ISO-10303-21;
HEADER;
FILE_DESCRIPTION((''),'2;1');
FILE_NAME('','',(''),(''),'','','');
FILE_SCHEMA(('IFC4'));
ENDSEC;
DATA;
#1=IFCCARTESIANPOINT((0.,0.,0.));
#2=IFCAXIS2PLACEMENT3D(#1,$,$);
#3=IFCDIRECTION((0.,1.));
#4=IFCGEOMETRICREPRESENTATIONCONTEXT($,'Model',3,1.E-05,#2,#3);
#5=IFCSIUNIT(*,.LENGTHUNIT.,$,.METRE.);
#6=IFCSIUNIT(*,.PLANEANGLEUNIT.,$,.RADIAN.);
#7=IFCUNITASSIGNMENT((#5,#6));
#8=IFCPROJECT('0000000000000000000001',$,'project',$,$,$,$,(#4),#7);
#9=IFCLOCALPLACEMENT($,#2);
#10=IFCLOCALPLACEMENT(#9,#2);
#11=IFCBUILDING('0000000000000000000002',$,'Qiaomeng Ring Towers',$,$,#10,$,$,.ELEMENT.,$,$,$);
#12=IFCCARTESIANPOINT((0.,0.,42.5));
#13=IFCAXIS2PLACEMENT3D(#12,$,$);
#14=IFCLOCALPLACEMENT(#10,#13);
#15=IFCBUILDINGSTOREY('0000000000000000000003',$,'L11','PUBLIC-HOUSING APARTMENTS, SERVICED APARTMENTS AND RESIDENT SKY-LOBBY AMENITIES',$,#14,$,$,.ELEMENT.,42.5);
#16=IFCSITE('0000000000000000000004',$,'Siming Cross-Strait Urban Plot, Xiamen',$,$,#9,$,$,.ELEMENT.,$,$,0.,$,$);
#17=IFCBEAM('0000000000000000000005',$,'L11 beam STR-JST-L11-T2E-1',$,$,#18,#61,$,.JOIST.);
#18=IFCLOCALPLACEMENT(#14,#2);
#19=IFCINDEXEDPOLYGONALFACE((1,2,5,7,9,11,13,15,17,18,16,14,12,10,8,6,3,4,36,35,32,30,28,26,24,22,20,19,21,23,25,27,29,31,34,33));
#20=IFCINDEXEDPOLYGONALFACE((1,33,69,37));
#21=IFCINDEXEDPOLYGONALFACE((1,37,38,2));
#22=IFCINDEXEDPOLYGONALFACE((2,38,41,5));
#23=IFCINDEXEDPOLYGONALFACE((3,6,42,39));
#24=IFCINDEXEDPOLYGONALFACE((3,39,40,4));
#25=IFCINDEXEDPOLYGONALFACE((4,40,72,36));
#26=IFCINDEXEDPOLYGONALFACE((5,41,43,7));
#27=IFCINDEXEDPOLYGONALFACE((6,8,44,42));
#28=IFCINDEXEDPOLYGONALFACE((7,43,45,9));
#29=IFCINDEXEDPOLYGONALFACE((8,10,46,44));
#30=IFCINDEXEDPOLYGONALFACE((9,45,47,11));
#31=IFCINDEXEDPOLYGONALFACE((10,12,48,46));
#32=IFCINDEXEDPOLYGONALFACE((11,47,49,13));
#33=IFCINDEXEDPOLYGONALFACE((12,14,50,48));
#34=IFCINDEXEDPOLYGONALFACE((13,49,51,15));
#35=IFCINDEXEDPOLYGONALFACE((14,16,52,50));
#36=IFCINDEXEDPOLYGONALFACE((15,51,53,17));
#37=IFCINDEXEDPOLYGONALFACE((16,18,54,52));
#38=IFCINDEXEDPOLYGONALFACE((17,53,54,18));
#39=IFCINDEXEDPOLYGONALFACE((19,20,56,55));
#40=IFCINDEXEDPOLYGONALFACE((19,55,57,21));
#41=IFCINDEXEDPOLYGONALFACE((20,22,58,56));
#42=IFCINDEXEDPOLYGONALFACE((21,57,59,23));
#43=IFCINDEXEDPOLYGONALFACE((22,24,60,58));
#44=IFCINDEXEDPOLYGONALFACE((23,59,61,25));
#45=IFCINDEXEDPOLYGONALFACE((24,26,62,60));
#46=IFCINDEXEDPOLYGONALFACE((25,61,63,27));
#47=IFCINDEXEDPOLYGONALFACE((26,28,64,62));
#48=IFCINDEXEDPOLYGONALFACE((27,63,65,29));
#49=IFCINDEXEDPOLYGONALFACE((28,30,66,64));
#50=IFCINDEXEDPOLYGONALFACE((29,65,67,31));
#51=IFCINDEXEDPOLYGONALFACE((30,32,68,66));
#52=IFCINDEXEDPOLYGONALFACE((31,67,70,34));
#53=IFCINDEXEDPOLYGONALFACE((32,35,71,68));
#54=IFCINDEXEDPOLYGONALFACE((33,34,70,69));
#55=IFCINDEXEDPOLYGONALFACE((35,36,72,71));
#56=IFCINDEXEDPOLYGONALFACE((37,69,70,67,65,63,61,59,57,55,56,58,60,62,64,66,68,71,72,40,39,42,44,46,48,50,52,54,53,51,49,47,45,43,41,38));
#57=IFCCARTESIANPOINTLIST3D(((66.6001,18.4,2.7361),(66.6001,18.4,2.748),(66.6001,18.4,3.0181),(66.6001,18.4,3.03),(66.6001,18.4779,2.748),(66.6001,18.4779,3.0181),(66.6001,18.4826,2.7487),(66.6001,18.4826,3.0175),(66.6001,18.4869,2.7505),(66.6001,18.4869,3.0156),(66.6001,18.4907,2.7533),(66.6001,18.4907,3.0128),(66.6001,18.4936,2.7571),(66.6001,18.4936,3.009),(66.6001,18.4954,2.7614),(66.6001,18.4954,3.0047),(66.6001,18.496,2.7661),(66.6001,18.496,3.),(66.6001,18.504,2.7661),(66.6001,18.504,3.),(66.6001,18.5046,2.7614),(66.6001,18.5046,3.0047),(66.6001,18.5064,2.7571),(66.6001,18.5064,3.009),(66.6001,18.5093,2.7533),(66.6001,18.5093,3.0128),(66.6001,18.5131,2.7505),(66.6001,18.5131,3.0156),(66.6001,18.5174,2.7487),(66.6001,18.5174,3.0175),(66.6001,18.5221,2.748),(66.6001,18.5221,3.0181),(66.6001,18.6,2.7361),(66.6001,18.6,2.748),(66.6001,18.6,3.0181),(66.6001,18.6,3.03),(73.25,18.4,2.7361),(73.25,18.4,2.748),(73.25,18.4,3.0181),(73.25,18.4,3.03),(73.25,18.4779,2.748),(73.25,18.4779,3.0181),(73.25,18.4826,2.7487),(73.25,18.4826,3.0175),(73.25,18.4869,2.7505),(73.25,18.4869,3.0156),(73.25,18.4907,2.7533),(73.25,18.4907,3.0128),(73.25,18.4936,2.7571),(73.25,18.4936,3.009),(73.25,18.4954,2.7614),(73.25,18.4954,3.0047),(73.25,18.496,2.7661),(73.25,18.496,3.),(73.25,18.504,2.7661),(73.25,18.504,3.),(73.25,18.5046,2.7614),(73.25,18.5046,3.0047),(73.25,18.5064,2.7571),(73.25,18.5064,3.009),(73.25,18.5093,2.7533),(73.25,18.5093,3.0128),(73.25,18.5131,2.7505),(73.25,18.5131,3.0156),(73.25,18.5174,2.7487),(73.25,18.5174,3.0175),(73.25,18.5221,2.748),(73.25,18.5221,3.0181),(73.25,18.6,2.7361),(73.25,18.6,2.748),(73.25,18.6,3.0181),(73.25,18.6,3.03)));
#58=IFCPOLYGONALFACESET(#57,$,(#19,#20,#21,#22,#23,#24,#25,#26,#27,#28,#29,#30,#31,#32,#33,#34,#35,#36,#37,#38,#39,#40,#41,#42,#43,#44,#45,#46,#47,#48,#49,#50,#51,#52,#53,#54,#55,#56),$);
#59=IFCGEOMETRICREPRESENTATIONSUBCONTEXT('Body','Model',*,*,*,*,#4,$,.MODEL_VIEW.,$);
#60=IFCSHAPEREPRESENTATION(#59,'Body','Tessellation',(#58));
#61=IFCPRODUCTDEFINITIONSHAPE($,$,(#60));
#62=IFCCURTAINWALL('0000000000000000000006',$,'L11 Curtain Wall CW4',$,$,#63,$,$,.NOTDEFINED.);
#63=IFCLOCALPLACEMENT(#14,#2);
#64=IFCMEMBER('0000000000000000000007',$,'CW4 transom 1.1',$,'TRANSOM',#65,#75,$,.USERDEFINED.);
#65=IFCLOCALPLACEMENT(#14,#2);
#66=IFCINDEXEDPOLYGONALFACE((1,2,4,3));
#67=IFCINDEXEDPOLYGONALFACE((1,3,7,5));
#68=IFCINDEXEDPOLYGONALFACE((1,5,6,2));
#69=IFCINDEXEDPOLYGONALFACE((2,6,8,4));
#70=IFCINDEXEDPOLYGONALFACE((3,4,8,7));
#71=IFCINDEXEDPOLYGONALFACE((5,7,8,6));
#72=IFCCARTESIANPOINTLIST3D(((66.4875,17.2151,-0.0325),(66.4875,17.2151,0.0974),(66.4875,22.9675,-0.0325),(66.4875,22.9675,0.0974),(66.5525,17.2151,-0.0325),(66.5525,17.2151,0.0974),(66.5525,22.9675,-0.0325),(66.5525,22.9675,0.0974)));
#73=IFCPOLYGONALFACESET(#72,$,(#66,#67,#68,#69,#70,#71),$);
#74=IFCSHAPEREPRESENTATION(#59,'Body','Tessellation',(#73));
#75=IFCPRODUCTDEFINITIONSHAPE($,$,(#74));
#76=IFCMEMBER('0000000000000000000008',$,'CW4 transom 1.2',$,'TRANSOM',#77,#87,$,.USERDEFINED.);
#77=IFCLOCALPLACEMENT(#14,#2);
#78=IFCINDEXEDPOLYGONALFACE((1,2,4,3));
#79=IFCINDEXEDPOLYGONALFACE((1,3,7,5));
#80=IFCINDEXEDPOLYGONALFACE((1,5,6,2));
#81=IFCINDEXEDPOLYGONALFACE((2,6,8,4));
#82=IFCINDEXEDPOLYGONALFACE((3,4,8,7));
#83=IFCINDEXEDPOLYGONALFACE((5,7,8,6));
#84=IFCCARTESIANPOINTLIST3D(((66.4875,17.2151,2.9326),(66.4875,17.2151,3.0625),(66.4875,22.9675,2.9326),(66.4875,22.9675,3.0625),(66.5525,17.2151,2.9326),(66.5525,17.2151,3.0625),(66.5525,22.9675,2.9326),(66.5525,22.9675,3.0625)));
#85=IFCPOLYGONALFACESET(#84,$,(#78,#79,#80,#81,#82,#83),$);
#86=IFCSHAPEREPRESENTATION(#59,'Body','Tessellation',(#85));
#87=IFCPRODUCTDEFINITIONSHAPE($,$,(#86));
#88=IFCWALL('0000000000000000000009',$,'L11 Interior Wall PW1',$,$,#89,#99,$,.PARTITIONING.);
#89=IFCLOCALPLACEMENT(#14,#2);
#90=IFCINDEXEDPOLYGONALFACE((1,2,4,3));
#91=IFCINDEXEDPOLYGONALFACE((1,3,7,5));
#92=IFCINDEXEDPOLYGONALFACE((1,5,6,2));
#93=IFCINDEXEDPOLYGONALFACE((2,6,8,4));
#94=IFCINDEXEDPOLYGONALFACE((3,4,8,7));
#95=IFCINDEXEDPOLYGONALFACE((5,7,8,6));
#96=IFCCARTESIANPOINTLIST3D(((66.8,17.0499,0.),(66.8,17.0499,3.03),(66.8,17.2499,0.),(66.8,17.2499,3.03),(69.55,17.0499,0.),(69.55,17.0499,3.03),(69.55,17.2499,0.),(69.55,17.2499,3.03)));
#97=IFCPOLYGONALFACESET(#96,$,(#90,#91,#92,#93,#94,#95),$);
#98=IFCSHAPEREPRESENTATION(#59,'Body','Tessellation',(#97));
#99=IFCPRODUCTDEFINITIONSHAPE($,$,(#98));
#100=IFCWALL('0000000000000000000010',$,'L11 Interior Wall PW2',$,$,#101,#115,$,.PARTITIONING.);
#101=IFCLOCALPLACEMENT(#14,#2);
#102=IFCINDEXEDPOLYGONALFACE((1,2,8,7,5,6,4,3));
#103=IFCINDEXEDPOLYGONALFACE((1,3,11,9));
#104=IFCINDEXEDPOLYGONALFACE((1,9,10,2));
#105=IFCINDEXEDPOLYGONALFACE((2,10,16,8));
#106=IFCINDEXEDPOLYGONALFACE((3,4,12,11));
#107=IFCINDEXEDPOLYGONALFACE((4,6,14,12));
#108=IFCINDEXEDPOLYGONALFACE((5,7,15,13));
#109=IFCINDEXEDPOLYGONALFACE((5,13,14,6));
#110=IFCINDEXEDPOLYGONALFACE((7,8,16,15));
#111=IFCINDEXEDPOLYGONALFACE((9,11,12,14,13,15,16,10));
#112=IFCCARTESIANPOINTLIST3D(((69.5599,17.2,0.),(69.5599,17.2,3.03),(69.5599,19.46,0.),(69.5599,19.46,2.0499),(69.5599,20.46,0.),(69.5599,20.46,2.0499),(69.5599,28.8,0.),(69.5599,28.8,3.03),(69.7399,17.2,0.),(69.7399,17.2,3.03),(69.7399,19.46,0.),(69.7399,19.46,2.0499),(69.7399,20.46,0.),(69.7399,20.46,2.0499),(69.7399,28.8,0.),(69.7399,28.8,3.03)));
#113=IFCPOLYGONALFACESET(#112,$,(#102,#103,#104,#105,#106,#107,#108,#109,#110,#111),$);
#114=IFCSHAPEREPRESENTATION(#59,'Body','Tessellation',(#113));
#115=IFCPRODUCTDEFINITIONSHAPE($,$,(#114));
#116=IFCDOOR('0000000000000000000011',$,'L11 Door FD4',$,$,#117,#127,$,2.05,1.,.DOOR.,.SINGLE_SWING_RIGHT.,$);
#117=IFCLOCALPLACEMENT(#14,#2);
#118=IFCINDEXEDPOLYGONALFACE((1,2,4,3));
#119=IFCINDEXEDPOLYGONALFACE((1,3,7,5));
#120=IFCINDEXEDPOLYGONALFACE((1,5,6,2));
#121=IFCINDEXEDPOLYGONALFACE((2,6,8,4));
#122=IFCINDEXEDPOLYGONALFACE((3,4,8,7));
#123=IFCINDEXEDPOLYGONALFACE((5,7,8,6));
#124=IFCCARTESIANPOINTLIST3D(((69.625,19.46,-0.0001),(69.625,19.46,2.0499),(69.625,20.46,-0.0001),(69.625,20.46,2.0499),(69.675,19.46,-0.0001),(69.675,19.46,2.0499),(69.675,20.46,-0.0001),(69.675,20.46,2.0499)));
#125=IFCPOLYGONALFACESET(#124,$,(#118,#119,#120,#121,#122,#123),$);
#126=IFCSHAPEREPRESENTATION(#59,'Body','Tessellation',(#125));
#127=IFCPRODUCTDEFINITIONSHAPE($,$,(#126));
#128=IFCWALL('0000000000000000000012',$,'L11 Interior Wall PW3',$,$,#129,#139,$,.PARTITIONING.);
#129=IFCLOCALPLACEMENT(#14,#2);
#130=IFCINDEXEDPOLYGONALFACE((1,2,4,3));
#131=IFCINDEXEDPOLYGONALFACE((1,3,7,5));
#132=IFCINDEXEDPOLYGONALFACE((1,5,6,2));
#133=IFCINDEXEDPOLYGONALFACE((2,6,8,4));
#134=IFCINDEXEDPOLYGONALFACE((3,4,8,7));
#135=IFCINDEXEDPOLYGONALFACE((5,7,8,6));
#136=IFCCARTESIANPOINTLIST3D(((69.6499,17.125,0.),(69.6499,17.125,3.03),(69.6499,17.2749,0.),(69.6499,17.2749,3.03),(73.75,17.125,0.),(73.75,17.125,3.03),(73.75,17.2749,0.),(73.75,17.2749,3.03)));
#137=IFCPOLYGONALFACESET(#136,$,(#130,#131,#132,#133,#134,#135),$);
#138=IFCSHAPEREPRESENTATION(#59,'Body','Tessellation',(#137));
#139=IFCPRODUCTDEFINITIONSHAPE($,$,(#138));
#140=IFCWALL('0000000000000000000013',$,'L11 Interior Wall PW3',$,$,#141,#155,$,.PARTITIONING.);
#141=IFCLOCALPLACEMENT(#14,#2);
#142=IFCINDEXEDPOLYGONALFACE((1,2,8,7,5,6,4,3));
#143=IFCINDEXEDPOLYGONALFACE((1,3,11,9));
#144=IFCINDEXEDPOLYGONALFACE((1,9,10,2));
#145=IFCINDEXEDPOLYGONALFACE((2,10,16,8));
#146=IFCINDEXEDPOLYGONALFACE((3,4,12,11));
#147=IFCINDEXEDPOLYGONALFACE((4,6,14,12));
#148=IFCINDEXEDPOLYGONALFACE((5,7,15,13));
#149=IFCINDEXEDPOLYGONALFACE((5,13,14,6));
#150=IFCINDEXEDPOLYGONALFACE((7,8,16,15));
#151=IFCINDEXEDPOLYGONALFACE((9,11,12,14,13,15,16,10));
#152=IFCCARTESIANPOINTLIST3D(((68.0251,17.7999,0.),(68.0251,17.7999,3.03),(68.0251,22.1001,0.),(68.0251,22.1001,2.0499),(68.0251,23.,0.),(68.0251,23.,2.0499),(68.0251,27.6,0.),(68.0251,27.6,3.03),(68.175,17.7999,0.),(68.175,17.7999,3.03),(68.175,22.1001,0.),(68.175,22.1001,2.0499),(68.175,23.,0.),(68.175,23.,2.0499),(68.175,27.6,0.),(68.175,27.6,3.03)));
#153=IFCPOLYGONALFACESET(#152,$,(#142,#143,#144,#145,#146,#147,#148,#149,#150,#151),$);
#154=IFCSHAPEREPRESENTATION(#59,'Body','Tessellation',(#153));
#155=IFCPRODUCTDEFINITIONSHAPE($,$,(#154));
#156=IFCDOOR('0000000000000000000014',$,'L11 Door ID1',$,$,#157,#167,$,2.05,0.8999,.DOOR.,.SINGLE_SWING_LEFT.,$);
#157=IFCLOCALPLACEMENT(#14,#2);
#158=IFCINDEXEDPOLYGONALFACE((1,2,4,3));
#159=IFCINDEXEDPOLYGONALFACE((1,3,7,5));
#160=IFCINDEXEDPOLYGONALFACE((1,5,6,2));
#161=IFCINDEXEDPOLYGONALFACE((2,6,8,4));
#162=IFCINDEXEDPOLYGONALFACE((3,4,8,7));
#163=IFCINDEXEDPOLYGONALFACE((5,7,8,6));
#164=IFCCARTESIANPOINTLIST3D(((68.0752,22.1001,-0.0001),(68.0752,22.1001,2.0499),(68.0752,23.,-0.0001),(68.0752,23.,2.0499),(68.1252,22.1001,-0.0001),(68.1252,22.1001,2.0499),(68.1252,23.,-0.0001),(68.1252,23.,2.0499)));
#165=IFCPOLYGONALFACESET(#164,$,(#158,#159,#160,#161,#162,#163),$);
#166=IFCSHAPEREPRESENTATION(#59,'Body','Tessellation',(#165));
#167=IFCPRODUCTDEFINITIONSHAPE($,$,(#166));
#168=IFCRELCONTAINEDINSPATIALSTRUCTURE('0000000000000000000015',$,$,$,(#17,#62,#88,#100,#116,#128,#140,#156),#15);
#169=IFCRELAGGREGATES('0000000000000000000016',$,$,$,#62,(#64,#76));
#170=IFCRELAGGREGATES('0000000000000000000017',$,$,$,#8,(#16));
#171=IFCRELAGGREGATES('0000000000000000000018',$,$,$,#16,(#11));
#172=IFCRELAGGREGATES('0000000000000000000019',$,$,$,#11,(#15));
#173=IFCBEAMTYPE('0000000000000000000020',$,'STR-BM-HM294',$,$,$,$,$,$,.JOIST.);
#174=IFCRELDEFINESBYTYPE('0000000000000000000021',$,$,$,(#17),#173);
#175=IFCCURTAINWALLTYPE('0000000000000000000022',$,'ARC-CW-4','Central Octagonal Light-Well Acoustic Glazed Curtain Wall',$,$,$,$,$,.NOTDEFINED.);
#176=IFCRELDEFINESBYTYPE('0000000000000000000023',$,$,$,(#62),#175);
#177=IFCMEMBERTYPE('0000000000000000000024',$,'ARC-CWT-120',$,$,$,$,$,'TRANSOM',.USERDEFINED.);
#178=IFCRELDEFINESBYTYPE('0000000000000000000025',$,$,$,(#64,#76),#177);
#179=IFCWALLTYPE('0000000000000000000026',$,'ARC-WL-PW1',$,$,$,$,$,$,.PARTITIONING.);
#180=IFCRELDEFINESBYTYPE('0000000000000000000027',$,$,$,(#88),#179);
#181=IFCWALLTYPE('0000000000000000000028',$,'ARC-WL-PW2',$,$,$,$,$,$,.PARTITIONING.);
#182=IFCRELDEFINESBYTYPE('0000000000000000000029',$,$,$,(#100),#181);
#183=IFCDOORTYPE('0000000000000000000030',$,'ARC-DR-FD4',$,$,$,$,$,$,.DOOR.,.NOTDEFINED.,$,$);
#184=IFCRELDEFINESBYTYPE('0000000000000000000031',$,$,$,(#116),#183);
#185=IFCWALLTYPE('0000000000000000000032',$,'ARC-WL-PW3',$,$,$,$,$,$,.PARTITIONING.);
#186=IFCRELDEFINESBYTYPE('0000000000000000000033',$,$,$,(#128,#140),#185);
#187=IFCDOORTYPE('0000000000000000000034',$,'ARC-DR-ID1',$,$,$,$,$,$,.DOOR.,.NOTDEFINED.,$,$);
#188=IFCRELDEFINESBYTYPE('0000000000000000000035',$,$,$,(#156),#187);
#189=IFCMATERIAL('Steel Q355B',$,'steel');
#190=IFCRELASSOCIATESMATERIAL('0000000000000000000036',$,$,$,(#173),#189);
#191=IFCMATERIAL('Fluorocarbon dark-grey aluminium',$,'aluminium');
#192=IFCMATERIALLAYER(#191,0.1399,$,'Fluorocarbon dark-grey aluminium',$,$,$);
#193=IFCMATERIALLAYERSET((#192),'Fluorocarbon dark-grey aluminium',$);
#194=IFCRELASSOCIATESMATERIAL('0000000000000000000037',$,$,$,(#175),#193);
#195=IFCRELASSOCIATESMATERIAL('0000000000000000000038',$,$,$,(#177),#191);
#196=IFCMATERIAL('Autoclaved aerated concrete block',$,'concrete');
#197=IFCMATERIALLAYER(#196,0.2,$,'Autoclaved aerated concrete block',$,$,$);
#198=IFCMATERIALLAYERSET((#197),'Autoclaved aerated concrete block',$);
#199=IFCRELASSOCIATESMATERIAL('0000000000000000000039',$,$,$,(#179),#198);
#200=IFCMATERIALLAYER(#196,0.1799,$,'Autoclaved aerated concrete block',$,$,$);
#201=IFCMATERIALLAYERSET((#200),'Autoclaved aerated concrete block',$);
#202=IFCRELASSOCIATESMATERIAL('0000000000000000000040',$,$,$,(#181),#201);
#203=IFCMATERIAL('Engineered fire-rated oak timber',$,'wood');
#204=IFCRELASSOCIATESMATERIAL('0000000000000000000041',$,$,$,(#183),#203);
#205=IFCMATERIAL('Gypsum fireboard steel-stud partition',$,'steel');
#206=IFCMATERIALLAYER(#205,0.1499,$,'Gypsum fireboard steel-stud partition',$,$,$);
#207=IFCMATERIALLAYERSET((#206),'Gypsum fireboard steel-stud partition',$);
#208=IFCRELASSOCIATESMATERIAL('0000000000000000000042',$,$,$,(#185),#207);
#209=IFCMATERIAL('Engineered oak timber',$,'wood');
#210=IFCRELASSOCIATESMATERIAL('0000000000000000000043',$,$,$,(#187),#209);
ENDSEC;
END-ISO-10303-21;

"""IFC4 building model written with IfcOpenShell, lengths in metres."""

from ifc_helpers import new_model, si_unit, direction, frame, frame_2d, origin, origin_2d, place, context, subcontext, project, spatial, rectangle, i_section, extrude, source, transform, mapped, material, layer, layer_set, material_profile, profile_set, type_object, element, fill, aggregate, save


model = new_model("IFC4")

# Units and contexts
model_context = context("Model", 3, precision=1e-05, world=origin(), true_north=direction((0.0, 1.0)))
body_context = subcontext(model_context, "Body", "Model", "MODEL_VIEW")
ifc_project = project(units=[si_unit("LENGTHUNIT", "METRE"), si_unit("PLANEANGLEUNIT", "RADIAN")], contexts=[model_context])

# Site, building, storey
site_placement = place(None, origin())
site = spatial("IfcSite", under=ifc_project, at=site_placement, Name="Siming Cross-Strait Urban Plot, Xiamen", CompositionType="ELEMENT", RefElevation=0.0)
building_placement = place(site_placement, origin())
building = spatial("IfcBuilding", under=site, at=building_placement, Name="Qiaomeng Ring Towers", CompositionType="ELEMENT")
storey_placement = place(building_placement, frame((0.0, 0.0, 42.5)))
storey = spatial("IfcBuildingStorey", under=building, at=storey_placement, Name="L11", Description="PUBLIC-HOUSING APARTMENTS, SERVICED APARTMENTS AND RESIDENT SKY-LOBBY AMENITIES", CompositionType="ELEMENT", Elevation=42.5)

# Beam
ifc_material_1 = material(Name="Steel Q355B", Category="steel")
ifc_material_profile_1 = material_profile(ifc_material_1, i_section(OverallWidth=0.2, OverallDepth=0.2939, WebThickness=0.0081, FlangeThickness=0.012, FilletRadius=0.0181, at=origin_2d()), Name="HM 294x200x8x12")
ifc_profile_set_1 = profile_set([ifc_material_profile_1], Name="Steel Q355B")
beam_type_1 = type_object("IfcBeamType", Name="STR-BM-HM294", PredefinedType="JOIST", material=ifc_profile_set_1)
shared_shape_1 = source(origin(), body_context, "Body", "SweptSolid", [
    extrude(i_section(OverallWidth=0.2, OverallDepth=0.2939, WebThickness=0.0081, FlangeThickness=0.012, FilletRadius=0.0181, at=origin_2d()), origin(), (0.0, 0.0, 1.0), 6.6499),
])
beam_1_placement = place(storey_placement, frame((66.6001, 18.5, 2.8831), z_axis=(1.0, 0.0, 0.0), x_axis=(0.0, 1.0, 0.0)))
element("IfcBeam", 1, at=beam_1_placement, inside=storey, type_object=beam_type_1, Name="L11 beam STR-JST-L11-T2E-1", PredefinedType="JOIST", context=body_context, shape_type="MappedRepresentation", body=[
    mapped(shared_shape_1, transform((0.0, 0.0, 0.0), x_axis=(1.0, 0.0, 0.0), y_axis=(0.0, 1.0, 0.0), z_axis=(0.0, 0.0, 1.0), scale=1.0)),
])

# Curtain wall, members
ifc_material_2 = material(Name="Fluorocarbon dark-grey aluminium", Category="aluminium")
ifc_layer_1 = layer(ifc_material_2, 0.1399, Name="Fluorocarbon dark-grey aluminium")
ifc_layer_set_1 = layer_set([ifc_layer_1], Name="Fluorocarbon dark-grey aluminium")
curtain_wall_type = type_object("IfcCurtainWallType", Name="ARC-CW-4", Description="Central Octagonal Light-Well Acoustic Glazed Curtain Wall", PredefinedType="NOTDEFINED", material=ifc_layer_set_1)
curtain_wall_placement = place(storey_placement, origin())
curtain_wall = element("IfcCurtainWall", 2, at=curtain_wall_placement, inside=storey, type_object=curtain_wall_type, Name="L11 Curtain Wall CW4", PredefinedType="NOTDEFINED")
ifc_material_profile_2 = material_profile(ifc_material_2, rectangle(XDim=0.0649, YDim=0.1299, at=origin_2d()), Name="ALU TRAN 65x130")
ifc_profile_set_2 = profile_set([ifc_material_profile_2], Name="Fluorocarbon dark-grey aluminium")
member_type = type_object("IfcMemberType", Name="ARC-CWT-120", ElementType="TRANSOM", PredefinedType="USERDEFINED", material=ifc_profile_set_2)
shared_shape_2 = source(origin(), body_context, "Body", "SweptSolid", [
    extrude(rectangle(XDim=0.0649, YDim=0.1299, at=origin_2d()), origin(), (0.0, 0.0, 1.0), 5.7524),
])
member_1_placement = place(storey_placement, frame((66.52, 17.2151, 0.0325), z_axis=(0.0, 1.0, 0.0), x_axis=(-1.0, 0.0, 0.0)))
member_1 = element("IfcMember", 3, at=member_1_placement, type_object=member_type, Name="CW4 transom 1.1", ObjectType="TRANSOM", PredefinedType="USERDEFINED", context=body_context, shape_type="MappedRepresentation", body=[
    mapped(shared_shape_2, transform((0.0, 0.0, 0.0), x_axis=(1.0, 0.0, 0.0), y_axis=(0.0, 1.0, 0.0), z_axis=(0.0, 0.0, 1.0), scale=1.0)),
])
member_2_placement = place(storey_placement, frame((66.52, 17.2151, 2.9976), z_axis=(0.0, 1.0, 0.0), x_axis=(-1.0, 0.0, 0.0)))
member_2 = element("IfcMember", 4, at=member_2_placement, type_object=member_type, Name="CW4 transom 1.2", ObjectType="TRANSOM", PredefinedType="USERDEFINED", context=body_context, shape_type="MappedRepresentation", body=[
    mapped(shared_shape_2, transform((0.0, 0.0, 0.0), x_axis=(1.0, 0.0, 0.0), y_axis=(0.0, 1.0, 0.0), z_axis=(0.0, 0.0, 1.0), scale=1.0)),
])
aggregate(curtain_wall, [member_1, member_2])

# Wall
ifc_material_3 = material(Name="Autoclaved aerated concrete block", Category="concrete")
ifc_layer_2 = layer(ifc_material_3, 0.2, Name="Autoclaved aerated concrete block")
ifc_layer_set_2 = layer_set([ifc_layer_2], Name="Autoclaved aerated concrete block")
wall_type_1 = type_object("IfcWallType", Name="ARC-WL-PW1", PredefinedType="PARTITIONING", material=ifc_layer_set_2)
wall_1_placement = place(storey_placement, frame((66.8, 17.1499, 0.0), z_axis=(0.0, 0.0, 1.0), x_axis=(1.0, 0.0, 0.0)))
element("IfcWall", 5, at=wall_1_placement, inside=storey, type_object=wall_type_1, Name="L11 Interior Wall PW1", PredefinedType="PARTITIONING", context=body_context, shape_type="SweptSolid", body=[
    extrude(rectangle(XDim=2.75, YDim=0.2, at=frame_2d((1.375, 0.0))), origin(), (0.0, 0.0, 1.0), 3.03),
])

# Wall, opening, door
ifc_layer_3 = layer(ifc_material_3, 0.1799, Name="Autoclaved aerated concrete block")
ifc_layer_set_3 = layer_set([ifc_layer_3], Name="Autoclaved aerated concrete block")
wall_type_2 = type_object("IfcWallType", Name="ARC-WL-PW2", PredefinedType="PARTITIONING", material=ifc_layer_set_3)
wall_2_placement = place(storey_placement, frame((69.6499, 17.2, 0.0), z_axis=(0.0, 0.0, 1.0), x_axis=(0.0, 1.0, 0.0)))
wall_2 = element("IfcWall", 6, at=wall_2_placement, inside=storey, type_object=wall_type_2, Name="L11 Interior Wall PW2", PredefinedType="PARTITIONING", context=body_context, shape_type="SweptSolid", body=[
    extrude(rectangle(XDim=11.6001, YDim=0.1799, at=frame_2d((5.8, 0.0))), origin(), (0.0, 0.0, 1.0), 3.03),
])
opening_1_placement = place(wall_2_placement, frame((2.26, 0.0, 0.0)))
opening_1 = element("IfcOpeningElement", 7, at=opening_1_placement, cuts=wall_2, PredefinedType="OPENING", context=body_context, shape_type="SweptSolid", body=[
    extrude(rectangle(XDim=1.0, YDim=2.05, at=frame_2d((0.5, 1.0249))), frame((0.0, 0.0999, 0.0), z_axis=(0.0, -1.0, 0.0), x_axis=(1.0, 0.0, 0.0)), (0.0, 0.0, 1.0), 0.2),
])
ifc_material_4 = material(Name="Engineered fire-rated oak timber", Category="wood")
door_type_1 = type_object("IfcDoorType", Name="ARC-DR-FD4", OperationType="NOTDEFINED", PredefinedType="DOOR", material=ifc_material_4)
shared_shape_3 = source(origin(), body_context, "Body", "SweptSolid", [
    extrude(rectangle(XDim=1.0, YDim=2.05, at=frame_2d((0.5, 1.0249))), frame((0.0, 0.0249, 0.0), z_axis=(0.0, -1.0, 0.0), x_axis=(1.0, 0.0, 0.0)), (0.0, 0.0, 1.0), 0.05),
])
door_1_placement = place(opening_1_placement, origin())
door_1 = element("IfcDoor", 8, at=door_1_placement, inside=storey, type_object=door_type_1, Name="L11 Door FD4", OperationType="SINGLE_SWING_RIGHT", OverallHeight=2.05, OverallWidth=1.0, PredefinedType="DOOR", context=body_context, shape_type="MappedRepresentation", body=[
    mapped(shared_shape_3, transform((0.0, 0.0, 0.0), x_axis=(1.0, 0.0, 0.0), y_axis=(0.0, 1.0, 0.0), z_axis=(0.0, 0.0, 1.0), scale=1.0)),
])
fill(opening_1, door_1)

# Wall
ifc_material_5 = material(Name="Gypsum fireboard steel-stud partition", Category="steel")
ifc_layer_4 = layer(ifc_material_5, 0.1499, Name="Gypsum fireboard steel-stud partition")
ifc_layer_set_4 = layer_set([ifc_layer_4], Name="Gypsum fireboard steel-stud partition")
wall_type_3 = type_object("IfcWallType", Name="ARC-WL-PW3", PredefinedType="PARTITIONING", material=ifc_layer_set_4)
wall_3_placement = place(storey_placement, frame((69.6499, 17.2, 0.0), z_axis=(0.0, 0.0, 1.0), x_axis=(1.0, 0.0, 0.0)))
element("IfcWall", 9, at=wall_3_placement, inside=storey, type_object=wall_type_3, Name="L11 Interior Wall PW3", PredefinedType="PARTITIONING", context=body_context, shape_type="SweptSolid", body=[
    extrude(rectangle(XDim=4.1001, YDim=0.1499, at=frame_2d((2.05, 0.0))), origin(), (0.0, 0.0, 1.0), 3.03),
])

# Wall, opening, door
wall_4_placement = place(storey_placement, frame((68.1001, 17.8, 0.0), z_axis=(0.0, 0.0, 1.0), x_axis=(0.0, 1.0, 0.0)))
wall_4 = element("IfcWall", 10, at=wall_4_placement, inside=storey, type_object=wall_type_3, Name="L11 Interior Wall PW3", PredefinedType="PARTITIONING", context=body_context, shape_type="SweptSolid", body=[
    extrude(rectangle(XDim=9.8, YDim=0.1499, at=frame_2d((4.8999, 0.0))), origin(), (0.0, 0.0, 1.0), 3.03),
])
opening_2_placement = place(wall_4_placement, frame((4.3, 0.0, 0.0)))
opening_2 = element("IfcOpeningElement", 11, at=opening_2_placement, cuts=wall_4, PredefinedType="OPENING", context=body_context, shape_type="SweptSolid", body=[
    extrude(rectangle(XDim=0.8999, YDim=2.05, at=frame_2d((0.45, 1.0249))), frame((0.0, 0.085, 0.0), z_axis=(0.0, -1.0, 0.0), x_axis=(1.0, 0.0, 0.0)), (0.0, 0.0, 1.0), 0.1699),
])
ifc_material_6 = material(Name="Engineered oak timber", Category="wood")
door_type_2 = type_object("IfcDoorType", Name="ARC-DR-ID1", OperationType="NOTDEFINED", PredefinedType="DOOR", material=ifc_material_6)
shared_shape_4 = source(origin(), body_context, "Body", "SweptSolid", [
    extrude(rectangle(XDim=0.8999, YDim=2.05, at=frame_2d((0.45, 1.0249))), frame((0.0, 0.0249, 0.0), z_axis=(0.0, -1.0, 0.0), x_axis=(1.0, 0.0, 0.0)), (0.0, 0.0, 1.0), 0.05),
])
door_2_placement = place(opening_2_placement, origin())
door_2 = element("IfcDoor", 12, at=door_2_placement, inside=storey, type_object=door_type_2, Name="L11 Door ID1", OperationType="SINGLE_SWING_LEFT", OverallHeight=2.05, OverallWidth=0.8999, PredefinedType="DOOR", context=body_context, shape_type="MappedRepresentation", body=[
    mapped(shared_shape_4, transform((0.0, 0.0, 0.0), x_axis=(1.0, 0.0, 0.0), y_axis=(0.0, 1.0, 0.0), z_axis=(0.0, 0.0, 1.0), scale=1.0)),
])
fill(opening_2, door_2)

save(model, "model.ifc")
